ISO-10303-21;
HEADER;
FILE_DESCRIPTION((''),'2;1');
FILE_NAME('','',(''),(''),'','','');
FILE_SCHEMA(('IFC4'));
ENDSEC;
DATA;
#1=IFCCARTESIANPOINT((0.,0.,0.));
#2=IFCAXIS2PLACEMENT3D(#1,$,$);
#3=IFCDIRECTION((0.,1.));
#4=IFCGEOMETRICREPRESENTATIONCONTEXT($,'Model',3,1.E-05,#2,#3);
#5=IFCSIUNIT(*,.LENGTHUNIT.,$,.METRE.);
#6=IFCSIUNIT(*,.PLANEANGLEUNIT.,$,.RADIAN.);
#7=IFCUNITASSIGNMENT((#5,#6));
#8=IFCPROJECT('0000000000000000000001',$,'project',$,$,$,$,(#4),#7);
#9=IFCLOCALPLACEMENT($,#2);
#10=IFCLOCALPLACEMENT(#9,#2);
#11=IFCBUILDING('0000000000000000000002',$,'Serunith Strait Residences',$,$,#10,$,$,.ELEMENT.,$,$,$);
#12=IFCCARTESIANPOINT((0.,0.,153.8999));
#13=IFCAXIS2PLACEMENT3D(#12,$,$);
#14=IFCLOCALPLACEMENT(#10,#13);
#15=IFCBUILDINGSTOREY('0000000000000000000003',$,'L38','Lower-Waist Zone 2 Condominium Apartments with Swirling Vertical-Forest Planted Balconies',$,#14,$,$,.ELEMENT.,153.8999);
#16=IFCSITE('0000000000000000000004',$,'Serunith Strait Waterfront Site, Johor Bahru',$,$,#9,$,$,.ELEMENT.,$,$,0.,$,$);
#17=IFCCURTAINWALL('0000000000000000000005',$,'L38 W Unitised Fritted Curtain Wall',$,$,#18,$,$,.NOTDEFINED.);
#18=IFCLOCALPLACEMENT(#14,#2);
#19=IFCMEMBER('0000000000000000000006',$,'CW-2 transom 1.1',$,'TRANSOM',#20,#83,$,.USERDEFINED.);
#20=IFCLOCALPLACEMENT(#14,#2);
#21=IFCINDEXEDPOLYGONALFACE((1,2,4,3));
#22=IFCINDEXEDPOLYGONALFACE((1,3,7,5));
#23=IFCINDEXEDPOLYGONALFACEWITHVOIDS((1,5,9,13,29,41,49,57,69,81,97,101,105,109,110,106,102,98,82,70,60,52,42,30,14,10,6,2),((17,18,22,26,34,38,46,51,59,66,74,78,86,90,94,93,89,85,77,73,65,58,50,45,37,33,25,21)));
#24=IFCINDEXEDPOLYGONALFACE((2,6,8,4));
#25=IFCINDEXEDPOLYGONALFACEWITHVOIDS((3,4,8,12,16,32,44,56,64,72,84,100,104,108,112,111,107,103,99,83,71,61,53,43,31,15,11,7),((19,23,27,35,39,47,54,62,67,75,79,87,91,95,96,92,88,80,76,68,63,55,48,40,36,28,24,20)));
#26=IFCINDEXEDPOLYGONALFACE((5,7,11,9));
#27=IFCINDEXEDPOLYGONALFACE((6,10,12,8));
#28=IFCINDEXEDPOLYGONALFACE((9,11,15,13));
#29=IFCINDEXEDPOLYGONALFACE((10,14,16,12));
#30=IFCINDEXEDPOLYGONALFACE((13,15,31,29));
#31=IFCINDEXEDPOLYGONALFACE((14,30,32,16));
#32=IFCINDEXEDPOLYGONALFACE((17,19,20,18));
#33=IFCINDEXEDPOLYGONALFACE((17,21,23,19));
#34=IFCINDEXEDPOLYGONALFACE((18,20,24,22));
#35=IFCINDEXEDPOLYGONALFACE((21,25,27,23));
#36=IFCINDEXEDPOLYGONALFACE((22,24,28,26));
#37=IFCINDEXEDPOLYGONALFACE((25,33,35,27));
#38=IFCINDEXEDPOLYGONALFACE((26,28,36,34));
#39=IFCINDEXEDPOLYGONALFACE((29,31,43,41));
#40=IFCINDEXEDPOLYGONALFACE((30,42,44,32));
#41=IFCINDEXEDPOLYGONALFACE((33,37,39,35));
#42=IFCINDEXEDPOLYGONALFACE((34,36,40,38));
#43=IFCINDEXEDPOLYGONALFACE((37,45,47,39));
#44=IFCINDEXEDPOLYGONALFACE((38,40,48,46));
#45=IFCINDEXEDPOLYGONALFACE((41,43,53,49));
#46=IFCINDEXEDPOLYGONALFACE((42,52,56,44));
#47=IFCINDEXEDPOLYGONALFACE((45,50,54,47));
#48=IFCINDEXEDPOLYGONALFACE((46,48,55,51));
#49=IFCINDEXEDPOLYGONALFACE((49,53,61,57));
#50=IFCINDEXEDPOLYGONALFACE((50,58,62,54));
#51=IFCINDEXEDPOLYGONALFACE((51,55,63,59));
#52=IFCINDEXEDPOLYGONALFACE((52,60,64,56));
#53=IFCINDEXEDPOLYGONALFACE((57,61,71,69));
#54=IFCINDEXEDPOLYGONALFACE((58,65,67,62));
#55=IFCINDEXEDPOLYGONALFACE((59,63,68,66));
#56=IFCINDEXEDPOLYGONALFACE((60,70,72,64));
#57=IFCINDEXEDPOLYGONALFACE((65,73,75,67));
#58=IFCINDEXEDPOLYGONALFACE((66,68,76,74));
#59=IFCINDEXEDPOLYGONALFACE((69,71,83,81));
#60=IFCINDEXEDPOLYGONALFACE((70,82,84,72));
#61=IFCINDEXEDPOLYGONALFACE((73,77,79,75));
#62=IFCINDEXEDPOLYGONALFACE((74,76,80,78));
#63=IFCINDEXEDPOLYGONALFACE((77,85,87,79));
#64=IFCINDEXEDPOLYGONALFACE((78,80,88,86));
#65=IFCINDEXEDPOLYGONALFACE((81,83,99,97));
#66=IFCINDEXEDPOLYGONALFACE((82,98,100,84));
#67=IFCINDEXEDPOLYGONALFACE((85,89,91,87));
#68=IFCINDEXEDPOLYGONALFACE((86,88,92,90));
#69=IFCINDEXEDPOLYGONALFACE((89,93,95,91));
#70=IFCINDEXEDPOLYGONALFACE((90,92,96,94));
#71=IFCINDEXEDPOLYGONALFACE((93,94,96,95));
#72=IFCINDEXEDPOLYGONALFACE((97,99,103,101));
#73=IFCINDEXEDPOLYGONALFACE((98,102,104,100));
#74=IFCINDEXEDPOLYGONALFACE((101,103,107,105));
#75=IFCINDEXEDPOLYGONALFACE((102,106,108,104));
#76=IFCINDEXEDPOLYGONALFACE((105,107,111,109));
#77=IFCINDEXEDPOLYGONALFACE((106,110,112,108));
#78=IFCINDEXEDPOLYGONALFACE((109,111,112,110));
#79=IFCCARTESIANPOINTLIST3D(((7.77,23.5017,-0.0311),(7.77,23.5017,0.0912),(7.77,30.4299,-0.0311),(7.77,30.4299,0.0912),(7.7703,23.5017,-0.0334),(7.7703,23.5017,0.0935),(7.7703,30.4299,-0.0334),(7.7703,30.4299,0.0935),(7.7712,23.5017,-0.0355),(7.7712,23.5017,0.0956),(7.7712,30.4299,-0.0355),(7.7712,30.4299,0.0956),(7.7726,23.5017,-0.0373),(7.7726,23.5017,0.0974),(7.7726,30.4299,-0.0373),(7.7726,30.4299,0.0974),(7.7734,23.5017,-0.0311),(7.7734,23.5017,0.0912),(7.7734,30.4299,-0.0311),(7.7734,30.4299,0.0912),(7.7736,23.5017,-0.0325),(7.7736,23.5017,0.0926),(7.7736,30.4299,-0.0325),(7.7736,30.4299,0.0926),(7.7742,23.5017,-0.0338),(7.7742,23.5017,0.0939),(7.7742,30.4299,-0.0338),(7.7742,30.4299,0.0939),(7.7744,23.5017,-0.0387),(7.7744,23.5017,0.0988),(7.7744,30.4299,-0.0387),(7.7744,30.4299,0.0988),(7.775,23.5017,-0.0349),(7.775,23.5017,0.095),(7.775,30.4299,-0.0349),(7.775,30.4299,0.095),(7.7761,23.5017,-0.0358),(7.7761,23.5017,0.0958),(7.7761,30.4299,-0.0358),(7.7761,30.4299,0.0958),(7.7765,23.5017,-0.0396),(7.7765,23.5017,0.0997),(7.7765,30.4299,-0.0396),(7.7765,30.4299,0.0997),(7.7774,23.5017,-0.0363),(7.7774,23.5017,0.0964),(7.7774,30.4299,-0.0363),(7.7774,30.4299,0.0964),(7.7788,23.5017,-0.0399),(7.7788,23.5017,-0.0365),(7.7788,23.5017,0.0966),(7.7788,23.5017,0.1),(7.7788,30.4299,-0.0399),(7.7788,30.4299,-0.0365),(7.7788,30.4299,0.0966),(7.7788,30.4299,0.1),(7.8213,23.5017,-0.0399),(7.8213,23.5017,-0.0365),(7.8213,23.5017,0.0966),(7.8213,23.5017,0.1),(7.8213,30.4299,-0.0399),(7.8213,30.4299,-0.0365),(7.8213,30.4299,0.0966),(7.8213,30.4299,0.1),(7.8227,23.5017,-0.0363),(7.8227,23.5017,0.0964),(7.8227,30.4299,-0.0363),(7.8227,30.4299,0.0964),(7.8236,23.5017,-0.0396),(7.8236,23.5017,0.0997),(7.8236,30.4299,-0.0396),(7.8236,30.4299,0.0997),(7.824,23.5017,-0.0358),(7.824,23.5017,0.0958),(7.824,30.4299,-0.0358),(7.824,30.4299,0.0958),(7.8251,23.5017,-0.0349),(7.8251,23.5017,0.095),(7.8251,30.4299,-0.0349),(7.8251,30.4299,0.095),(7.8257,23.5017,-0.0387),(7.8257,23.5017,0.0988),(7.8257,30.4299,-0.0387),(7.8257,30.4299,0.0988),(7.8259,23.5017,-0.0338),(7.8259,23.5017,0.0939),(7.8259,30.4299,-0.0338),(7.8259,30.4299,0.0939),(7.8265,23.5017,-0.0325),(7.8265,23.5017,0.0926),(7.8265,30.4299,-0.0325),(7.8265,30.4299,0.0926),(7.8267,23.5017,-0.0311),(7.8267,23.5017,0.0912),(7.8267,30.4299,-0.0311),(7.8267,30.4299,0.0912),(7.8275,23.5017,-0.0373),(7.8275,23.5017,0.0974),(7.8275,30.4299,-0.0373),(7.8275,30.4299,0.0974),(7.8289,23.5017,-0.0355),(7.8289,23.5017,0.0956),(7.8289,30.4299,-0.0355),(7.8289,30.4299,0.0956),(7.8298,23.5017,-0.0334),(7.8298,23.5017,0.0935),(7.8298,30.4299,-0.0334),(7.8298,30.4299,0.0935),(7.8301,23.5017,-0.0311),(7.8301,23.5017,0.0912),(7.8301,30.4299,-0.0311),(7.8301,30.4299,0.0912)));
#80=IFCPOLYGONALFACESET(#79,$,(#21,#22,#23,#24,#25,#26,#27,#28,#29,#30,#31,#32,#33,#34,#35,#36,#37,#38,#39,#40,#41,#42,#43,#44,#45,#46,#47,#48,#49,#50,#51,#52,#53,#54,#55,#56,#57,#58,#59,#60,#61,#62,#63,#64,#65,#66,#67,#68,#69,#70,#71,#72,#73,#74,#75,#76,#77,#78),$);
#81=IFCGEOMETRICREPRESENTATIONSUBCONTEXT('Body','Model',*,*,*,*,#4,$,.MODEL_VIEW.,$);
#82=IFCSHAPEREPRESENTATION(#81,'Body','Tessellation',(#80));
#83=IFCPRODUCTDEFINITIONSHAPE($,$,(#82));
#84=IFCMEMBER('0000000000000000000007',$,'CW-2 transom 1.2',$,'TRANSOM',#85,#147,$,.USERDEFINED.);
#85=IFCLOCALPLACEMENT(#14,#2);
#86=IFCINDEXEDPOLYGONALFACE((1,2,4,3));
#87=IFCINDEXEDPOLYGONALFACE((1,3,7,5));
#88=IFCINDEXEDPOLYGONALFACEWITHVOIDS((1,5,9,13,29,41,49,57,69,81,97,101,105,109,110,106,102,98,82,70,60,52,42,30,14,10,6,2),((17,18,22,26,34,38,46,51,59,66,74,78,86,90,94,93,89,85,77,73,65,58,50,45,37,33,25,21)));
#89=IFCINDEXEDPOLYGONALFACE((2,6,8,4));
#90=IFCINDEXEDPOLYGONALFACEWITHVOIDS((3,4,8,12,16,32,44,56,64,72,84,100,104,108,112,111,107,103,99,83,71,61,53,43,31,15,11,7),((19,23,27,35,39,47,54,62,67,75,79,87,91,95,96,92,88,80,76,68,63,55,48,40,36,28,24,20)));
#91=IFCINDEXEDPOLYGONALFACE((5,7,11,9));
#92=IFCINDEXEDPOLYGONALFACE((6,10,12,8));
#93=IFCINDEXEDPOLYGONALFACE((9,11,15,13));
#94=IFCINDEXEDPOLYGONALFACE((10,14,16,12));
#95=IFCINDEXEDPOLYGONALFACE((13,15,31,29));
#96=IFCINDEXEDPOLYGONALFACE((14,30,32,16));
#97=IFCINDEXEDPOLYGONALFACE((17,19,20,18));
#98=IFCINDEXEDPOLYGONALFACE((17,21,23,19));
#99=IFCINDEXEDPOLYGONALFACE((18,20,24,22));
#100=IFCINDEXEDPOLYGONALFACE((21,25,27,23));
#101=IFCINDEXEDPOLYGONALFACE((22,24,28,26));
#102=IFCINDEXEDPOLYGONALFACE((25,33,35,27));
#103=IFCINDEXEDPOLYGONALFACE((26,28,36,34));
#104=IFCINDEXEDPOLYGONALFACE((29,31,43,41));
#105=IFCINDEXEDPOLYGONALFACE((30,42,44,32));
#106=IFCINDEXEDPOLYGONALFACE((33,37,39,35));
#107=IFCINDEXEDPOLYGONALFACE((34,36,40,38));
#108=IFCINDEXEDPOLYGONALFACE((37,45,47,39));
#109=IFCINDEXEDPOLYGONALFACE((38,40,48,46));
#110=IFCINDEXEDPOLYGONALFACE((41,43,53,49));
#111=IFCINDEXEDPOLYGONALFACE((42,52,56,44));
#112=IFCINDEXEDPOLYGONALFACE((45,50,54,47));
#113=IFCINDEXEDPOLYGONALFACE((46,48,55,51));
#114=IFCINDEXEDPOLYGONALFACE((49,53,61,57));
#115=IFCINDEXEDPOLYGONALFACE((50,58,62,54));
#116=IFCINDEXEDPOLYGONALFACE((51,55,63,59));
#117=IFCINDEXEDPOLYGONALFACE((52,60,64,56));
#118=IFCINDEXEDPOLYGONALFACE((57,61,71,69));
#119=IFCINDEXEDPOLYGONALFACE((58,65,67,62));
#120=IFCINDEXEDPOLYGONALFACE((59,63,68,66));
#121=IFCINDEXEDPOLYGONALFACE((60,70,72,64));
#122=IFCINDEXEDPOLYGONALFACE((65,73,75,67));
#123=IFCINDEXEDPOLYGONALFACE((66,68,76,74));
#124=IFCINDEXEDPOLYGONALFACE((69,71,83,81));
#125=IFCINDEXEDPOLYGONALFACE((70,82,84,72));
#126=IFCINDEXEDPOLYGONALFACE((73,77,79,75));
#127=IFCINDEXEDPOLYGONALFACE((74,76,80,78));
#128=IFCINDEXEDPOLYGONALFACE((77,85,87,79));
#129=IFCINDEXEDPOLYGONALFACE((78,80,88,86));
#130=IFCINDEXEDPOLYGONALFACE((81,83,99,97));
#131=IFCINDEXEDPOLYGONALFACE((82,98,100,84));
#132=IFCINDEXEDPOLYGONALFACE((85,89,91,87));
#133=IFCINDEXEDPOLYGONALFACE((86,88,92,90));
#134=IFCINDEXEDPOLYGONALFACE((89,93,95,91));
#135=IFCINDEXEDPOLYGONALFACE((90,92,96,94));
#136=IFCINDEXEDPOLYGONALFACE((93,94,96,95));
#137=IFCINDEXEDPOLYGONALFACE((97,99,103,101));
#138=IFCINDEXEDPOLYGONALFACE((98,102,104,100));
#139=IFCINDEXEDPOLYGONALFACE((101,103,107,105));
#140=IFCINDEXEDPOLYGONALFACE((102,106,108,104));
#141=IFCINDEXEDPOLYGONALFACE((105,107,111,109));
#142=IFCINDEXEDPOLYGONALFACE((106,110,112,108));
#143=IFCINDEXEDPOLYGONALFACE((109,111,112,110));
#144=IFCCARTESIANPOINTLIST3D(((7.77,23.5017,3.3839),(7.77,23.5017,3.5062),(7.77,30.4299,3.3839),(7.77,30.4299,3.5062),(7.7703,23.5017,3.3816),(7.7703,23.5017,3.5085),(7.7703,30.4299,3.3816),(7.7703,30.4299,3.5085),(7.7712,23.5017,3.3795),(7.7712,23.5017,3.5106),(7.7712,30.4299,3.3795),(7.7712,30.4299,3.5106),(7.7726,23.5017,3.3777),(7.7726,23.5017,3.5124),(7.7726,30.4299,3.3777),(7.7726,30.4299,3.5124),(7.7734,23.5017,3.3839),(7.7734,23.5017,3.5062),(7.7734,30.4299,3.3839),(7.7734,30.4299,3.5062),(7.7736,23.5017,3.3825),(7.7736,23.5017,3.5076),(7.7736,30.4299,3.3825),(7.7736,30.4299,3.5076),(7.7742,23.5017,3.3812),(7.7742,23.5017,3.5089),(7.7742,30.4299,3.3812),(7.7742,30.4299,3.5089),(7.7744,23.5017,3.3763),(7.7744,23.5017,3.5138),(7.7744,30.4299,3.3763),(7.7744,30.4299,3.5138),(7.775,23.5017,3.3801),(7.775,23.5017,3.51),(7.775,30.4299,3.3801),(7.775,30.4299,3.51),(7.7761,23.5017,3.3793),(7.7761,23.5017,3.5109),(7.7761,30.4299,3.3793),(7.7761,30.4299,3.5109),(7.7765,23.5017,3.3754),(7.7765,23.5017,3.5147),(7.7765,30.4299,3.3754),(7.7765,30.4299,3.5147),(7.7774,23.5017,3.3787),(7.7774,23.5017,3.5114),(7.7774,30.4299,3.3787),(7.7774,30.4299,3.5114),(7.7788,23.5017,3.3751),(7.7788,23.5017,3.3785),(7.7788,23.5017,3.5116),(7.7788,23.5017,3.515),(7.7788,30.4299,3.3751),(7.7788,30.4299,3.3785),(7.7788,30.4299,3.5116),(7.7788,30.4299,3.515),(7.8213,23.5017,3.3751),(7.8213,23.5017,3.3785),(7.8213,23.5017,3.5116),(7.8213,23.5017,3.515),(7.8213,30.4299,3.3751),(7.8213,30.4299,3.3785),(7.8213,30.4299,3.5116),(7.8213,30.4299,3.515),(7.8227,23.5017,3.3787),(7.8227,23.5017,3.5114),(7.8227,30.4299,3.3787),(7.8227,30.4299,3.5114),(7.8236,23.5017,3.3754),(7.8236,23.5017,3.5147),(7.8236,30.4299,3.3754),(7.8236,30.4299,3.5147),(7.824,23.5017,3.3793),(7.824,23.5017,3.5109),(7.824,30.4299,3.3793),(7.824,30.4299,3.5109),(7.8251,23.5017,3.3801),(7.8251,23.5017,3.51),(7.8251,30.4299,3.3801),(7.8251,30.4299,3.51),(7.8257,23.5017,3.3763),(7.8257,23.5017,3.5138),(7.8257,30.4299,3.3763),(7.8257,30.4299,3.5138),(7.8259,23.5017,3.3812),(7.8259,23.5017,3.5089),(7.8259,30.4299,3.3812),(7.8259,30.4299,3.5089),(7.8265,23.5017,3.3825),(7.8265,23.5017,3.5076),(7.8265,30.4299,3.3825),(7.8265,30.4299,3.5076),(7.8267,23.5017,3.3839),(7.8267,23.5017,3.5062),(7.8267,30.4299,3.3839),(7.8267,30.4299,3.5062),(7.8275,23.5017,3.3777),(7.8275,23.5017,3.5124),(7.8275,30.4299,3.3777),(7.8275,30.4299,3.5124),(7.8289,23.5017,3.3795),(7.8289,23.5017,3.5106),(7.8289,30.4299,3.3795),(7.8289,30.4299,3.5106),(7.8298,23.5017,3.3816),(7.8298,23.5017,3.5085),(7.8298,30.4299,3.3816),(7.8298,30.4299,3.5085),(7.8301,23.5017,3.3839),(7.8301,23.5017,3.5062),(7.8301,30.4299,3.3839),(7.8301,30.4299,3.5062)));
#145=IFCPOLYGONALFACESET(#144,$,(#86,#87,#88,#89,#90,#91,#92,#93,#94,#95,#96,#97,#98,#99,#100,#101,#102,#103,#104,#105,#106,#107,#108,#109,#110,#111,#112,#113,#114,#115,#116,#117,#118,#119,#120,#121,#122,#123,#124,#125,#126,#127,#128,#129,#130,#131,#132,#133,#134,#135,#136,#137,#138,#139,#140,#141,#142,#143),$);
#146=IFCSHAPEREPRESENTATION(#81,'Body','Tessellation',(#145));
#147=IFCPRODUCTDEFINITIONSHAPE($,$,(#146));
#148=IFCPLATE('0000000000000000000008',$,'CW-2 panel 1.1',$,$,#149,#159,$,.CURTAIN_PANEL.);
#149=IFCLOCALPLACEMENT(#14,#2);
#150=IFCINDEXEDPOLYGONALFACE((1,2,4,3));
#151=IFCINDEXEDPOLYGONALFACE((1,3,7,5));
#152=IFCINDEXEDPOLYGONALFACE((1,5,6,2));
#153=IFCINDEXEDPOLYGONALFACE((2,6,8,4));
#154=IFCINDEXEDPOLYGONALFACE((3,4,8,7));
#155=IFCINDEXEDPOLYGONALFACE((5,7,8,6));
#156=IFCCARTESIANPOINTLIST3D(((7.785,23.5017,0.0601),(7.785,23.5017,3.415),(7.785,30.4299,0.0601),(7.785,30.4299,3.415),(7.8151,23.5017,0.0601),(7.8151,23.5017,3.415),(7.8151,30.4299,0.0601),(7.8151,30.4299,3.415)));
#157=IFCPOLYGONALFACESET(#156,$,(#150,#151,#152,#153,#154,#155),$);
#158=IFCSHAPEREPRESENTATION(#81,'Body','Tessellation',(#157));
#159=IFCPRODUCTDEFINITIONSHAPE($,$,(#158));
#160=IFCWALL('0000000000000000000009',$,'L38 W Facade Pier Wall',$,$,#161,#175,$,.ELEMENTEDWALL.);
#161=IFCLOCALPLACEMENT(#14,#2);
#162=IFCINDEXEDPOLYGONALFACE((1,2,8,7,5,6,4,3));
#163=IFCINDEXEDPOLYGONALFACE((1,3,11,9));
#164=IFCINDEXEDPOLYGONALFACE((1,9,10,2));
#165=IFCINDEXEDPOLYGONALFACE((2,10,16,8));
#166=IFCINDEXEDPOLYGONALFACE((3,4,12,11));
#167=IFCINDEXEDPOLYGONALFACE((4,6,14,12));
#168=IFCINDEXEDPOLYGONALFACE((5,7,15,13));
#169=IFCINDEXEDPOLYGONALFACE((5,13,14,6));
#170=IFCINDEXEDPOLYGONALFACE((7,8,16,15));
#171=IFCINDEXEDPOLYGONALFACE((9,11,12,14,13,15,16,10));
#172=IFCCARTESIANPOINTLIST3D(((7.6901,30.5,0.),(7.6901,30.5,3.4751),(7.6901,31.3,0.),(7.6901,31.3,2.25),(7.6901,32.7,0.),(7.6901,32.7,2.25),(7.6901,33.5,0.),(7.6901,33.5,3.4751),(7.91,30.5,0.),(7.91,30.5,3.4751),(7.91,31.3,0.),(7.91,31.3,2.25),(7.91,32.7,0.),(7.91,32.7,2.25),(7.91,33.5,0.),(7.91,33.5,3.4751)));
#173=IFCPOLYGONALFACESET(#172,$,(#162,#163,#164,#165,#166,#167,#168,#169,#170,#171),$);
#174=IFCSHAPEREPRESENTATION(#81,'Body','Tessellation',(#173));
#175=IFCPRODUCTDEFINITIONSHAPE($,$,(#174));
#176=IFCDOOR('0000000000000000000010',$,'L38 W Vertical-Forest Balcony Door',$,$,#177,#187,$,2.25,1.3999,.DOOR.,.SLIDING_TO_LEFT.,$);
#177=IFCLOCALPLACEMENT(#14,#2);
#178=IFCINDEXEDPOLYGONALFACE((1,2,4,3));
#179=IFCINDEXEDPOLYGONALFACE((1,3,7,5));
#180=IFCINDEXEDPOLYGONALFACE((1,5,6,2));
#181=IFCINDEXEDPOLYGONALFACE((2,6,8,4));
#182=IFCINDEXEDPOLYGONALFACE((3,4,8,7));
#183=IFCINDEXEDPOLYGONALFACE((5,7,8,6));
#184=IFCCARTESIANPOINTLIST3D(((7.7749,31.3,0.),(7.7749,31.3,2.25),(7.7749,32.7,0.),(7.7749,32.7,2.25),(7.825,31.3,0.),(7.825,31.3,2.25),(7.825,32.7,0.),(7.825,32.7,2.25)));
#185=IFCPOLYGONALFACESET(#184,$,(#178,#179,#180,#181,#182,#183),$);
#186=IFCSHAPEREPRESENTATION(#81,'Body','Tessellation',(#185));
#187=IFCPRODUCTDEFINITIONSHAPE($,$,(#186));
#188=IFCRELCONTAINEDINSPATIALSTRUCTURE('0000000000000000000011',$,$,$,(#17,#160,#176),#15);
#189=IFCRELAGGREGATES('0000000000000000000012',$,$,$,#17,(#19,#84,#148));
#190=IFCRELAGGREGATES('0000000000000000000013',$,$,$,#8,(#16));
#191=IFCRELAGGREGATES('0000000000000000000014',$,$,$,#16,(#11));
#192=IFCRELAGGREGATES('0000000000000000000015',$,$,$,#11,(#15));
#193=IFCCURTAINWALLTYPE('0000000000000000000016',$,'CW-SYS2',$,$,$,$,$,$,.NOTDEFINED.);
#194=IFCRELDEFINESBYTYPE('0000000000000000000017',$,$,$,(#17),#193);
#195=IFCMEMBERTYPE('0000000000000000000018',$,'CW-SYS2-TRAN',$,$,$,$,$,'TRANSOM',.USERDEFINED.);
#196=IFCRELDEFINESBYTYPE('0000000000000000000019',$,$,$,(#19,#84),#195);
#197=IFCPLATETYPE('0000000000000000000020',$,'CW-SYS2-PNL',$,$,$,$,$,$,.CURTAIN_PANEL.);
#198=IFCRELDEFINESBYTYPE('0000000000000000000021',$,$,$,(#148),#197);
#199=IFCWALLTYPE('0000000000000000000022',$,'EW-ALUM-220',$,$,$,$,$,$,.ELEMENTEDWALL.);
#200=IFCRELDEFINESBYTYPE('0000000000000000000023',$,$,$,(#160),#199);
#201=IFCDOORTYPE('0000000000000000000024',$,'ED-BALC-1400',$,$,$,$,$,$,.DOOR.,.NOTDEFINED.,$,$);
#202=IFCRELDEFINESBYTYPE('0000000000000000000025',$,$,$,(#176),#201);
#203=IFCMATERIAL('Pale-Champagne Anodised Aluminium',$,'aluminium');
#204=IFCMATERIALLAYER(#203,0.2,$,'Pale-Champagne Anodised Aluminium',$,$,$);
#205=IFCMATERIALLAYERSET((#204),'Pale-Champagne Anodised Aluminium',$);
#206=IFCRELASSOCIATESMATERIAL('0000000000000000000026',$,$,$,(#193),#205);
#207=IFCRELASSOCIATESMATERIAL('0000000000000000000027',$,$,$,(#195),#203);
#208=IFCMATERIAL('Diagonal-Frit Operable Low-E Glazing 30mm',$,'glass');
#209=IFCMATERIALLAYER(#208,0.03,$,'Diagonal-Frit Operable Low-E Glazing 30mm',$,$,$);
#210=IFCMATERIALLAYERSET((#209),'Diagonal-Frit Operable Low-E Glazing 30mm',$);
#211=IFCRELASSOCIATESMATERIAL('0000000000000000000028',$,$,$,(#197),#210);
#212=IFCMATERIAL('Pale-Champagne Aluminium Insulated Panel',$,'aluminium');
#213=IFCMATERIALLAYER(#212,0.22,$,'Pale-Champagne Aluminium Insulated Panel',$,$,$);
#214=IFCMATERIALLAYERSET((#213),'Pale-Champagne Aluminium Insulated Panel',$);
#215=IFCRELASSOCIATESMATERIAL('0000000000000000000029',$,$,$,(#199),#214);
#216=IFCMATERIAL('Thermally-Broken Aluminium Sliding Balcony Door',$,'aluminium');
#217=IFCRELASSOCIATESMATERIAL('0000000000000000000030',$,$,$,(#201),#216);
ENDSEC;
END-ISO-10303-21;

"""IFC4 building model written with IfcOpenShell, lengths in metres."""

from ifc_helpers import new_model, si_unit, direction, frame, frame_2d, origin, origin_2d, place, context, subcontext, project, spatial, rectangle, hollow_rectangle, extrude, source, transform, mapped, material, layer, layer_set, material_profile, profile_set, type_object, element, fill, aggregate, save


model = new_model("IFC4")

# Units and contexts
model_context = context("Model", 3, precision=1e-05, world=origin(), true_north=direction((0.0, 1.0)))
body_context = subcontext(model_context, "Body", "Model", "MODEL_VIEW")
ifc_project = project(units=[si_unit("LENGTHUNIT", "METRE"), si_unit("PLANEANGLEUNIT", "RADIAN")], contexts=[model_context])

# Site, building, storey
site_placement = place(None, origin())
site = spatial("IfcSite", under=ifc_project, at=site_placement, Name="Serunith Strait Waterfront Site, Johor Bahru", CompositionType="ELEMENT", RefElevation=0.0)
building_placement = place(site_placement, origin())
building = spatial("IfcBuilding", under=site, at=building_placement, Name="Serunith Strait Residences", CompositionType="ELEMENT")
storey_placement = place(building_placement, frame((0.0, 0.0, 153.8999)))
storey = spatial("IfcBuildingStorey", under=building, at=storey_placement, Name="L38", Description="Lower-Waist Zone 2 Condominium Apartments with Swirling Vertical-Forest Planted Balconies", CompositionType="ELEMENT", Elevation=153.8999)

# Shared definitions
ifc_material_1 = material(Name="Pale-Champagne Anodised Aluminium", Category="aluminium")
ifc_layer_1 = layer(ifc_material_1, 0.2, Name="Pale-Champagne Anodised Aluminium")
ifc_layer_set_1 = layer_set([ifc_layer_1], Name="Pale-Champagne Anodised Aluminium")
curtain_wall_type = type_object("IfcCurtainWallType", Name="CW-SYS2", PredefinedType="NOTDEFINED", material=ifc_layer_set_1)

# Curtain wall, members, plate
curtain_wall_1_placement = place(storey_placement, origin())
curtain_wall_1 = element("IfcCurtainWall", 1, at=curtain_wall_1_placement, inside=storey, type_object=curtain_wall_type, Name="L38 W Unitised Fritted Curtain Wall", PredefinedType="NOTDEFINED")
ifc_material_profile_1 = material_profile(ifc_material_1, hollow_rectangle(XDim=0.0601, YDim=0.1399, WallThickness=0.0034, InnerFilletRadius=0.0054, OuterFilletRadius=0.0088, at=origin_2d()), Name="ALU 140x60x3.5")
ifc_profile_set_1 = profile_set([ifc_material_profile_1], Name="Pale-Champagne Anodised Aluminium")
member_type_1 = type_object("IfcMemberType", Name="CW-SYS2-TRAN", ElementType="TRANSOM", PredefinedType="USERDEFINED", material=ifc_profile_set_1)
shared_shape_1 = source(origin(), body_context, "Body", "SweptSolid", [
    extrude(hollow_rectangle(XDim=0.0601, YDim=0.1399, WallThickness=0.0034, InnerFilletRadius=0.0054, OuterFilletRadius=0.0088, at=origin_2d()), origin(), (0.0, 0.0, 1.0), 6.9282),
])
member_1_placement = place(storey_placement, frame((7.8, 30.4299, 0.03), z_axis=(0.0, -1.0, 0.0), x_axis=(1.0, 0.0, 0.0)))
member_1 = element("IfcMember", 2, at=member_1_placement, type_object=member_type_1, Name="CW-2 transom 1.1", ObjectType="TRANSOM", PredefinedType="USERDEFINED", context=body_context, shape_type="MappedRepresentation", body=[
    mapped(shared_shape_1, transform((0.0, 0.0, 0.0), scale=1.0)),
])
member_2_placement = place(storey_placement, frame((7.8, 30.4299, 3.4451), z_axis=(0.0, -1.0, 0.0), x_axis=(1.0, 0.0, 0.0)))
member_2 = element("IfcMember", 3, at=member_2_placement, type_object=member_type_1, Name="CW-2 transom 1.2", ObjectType="TRANSOM", PredefinedType="USERDEFINED", context=body_context, shape_type="MappedRepresentation", body=[
    mapped(shared_shape_1, transform((0.0, 0.0, 0.0), scale=1.0)),
])
ifc_material_2 = material(Name="Diagonal-Frit Operable Low-E Glazing 30mm", Category="glass")
ifc_layer_2 = layer(ifc_material_2, 0.03, Name="Diagonal-Frit Operable Low-E Glazing 30mm")
ifc_layer_set_2 = layer_set([ifc_layer_2], Name="Diagonal-Frit Operable Low-E Glazing 30mm")
plate_type = type_object("IfcPlateType", Name="CW-SYS2-PNL", PredefinedType="CURTAIN_PANEL", material=ifc_layer_set_2)
shared_shape_2 = source(origin(), body_context, "Body", "SweptSolid", [
    extrude(rectangle(XDim=6.9282, YDim=0.03, at=origin_2d()), origin(), (0.0, 0.0, 1.0), 3.355),
])
plate_placement = place(storey_placement, frame((7.8, 26.9658, 0.0601), z_axis=(0.0, 0.0, 1.0), x_axis=(0.0, -1.0, 0.0)))
plate = element("IfcPlate", 4, at=plate_placement, type_object=plate_type, Name="CW-2 panel 1.1", PredefinedType="CURTAIN_PANEL", context=body_context, shape_type="MappedRepresentation", body=[
    mapped(shared_shape_2, transform((0.0, 0.0, 0.0), scale=1.0)),
])
aggregate(curtain_wall_1, [member_1, member_2, plate])

# Wall, opening, door
ifc_material_3 = material(Name="Pale-Champagne Aluminium Insulated Panel", Category="aluminium")
ifc_layer_3 = layer(ifc_material_3, 0.22, Name="Pale-Champagne Aluminium Insulated Panel")
ifc_layer_set_3 = layer_set([ifc_layer_3], Name="Pale-Champagne Aluminium Insulated Panel")
wall_type_1 = type_object("IfcWallType", Name="EW-ALUM-220", PredefinedType="ELEMENTEDWALL", material=ifc_layer_set_3)
wall_1_placement = place(storey_placement, frame((7.8, 33.5, 0.0), z_axis=(0.0, 0.0, 1.0), x_axis=(0.0, -1.0, 0.0)))
wall_1 = element("IfcWall", 5, at=wall_1_placement, inside=storey, type_object=wall_type_1, Name="L38 W Facade Pier Wall", PredefinedType="ELEMENTEDWALL", context=body_context, shape_type="SweptSolid", body=[
    extrude(rectangle(XDim=3.0, YDim=0.22, at=frame_2d((1.5, 0.0))), origin(), (0.0, 0.0, 1.0), 3.4751),
])
opening_1_placement = place(wall_1_placement, frame((0.8, 0.0, 0.0)))
opening_1 = element("IfcOpeningElement", 6, at=opening_1_placement, cuts=wall_1, PredefinedType="OPENING", context=body_context, shape_type="SweptSolid", body=[
    extrude(rectangle(XDim=1.3999, YDim=2.25, at=frame_2d((0.7, 1.125))), frame((0.0, 0.1201, 0.0), z_axis=(0.0, -1.0, 0.0), x_axis=(1.0, 0.0, 0.0)), (0.0, 0.0, 1.0), 0.24),
])
ifc_material_4 = material(Name="Thermally-Broken Aluminium Sliding Balcony Door", Category="aluminium")
door_type_1 = type_object("IfcDoorType", Name="ED-BALC-1400", OperationType="NOTDEFINED", PredefinedType="DOOR", material=ifc_material_4)
shared_shape_3 = source(origin(), body_context, "Body", "SweptSolid", [
    extrude(rectangle(XDim=1.3999, YDim=2.25, at=frame_2d((0.7, 1.125))), frame((0.0, 0.0249, 0.0), z_axis=(0.0, -1.0, 0.0), x_axis=(1.0, 0.0, 0.0)), (0.0, 0.0, 1.0), 0.05),
])
door_1_placement = place(opening_1_placement, origin())
door_1 = element("IfcDoor", 7, at=door_1_placement, inside=storey, type_object=door_type_1, Name="L38 W Vertical-Forest Balcony Door", OperationType="SLIDING_TO_LEFT", OverallHeight=2.25, OverallWidth=1.3999, PredefinedType="DOOR", context=body_context, shape_type="MappedRepresentation", body=[
    mapped(shared_shape_3, transform((0.0, 0.0, 0.0), scale=1.0)),
])
fill(opening_1, door_1)

save(model, "model.ifc")
